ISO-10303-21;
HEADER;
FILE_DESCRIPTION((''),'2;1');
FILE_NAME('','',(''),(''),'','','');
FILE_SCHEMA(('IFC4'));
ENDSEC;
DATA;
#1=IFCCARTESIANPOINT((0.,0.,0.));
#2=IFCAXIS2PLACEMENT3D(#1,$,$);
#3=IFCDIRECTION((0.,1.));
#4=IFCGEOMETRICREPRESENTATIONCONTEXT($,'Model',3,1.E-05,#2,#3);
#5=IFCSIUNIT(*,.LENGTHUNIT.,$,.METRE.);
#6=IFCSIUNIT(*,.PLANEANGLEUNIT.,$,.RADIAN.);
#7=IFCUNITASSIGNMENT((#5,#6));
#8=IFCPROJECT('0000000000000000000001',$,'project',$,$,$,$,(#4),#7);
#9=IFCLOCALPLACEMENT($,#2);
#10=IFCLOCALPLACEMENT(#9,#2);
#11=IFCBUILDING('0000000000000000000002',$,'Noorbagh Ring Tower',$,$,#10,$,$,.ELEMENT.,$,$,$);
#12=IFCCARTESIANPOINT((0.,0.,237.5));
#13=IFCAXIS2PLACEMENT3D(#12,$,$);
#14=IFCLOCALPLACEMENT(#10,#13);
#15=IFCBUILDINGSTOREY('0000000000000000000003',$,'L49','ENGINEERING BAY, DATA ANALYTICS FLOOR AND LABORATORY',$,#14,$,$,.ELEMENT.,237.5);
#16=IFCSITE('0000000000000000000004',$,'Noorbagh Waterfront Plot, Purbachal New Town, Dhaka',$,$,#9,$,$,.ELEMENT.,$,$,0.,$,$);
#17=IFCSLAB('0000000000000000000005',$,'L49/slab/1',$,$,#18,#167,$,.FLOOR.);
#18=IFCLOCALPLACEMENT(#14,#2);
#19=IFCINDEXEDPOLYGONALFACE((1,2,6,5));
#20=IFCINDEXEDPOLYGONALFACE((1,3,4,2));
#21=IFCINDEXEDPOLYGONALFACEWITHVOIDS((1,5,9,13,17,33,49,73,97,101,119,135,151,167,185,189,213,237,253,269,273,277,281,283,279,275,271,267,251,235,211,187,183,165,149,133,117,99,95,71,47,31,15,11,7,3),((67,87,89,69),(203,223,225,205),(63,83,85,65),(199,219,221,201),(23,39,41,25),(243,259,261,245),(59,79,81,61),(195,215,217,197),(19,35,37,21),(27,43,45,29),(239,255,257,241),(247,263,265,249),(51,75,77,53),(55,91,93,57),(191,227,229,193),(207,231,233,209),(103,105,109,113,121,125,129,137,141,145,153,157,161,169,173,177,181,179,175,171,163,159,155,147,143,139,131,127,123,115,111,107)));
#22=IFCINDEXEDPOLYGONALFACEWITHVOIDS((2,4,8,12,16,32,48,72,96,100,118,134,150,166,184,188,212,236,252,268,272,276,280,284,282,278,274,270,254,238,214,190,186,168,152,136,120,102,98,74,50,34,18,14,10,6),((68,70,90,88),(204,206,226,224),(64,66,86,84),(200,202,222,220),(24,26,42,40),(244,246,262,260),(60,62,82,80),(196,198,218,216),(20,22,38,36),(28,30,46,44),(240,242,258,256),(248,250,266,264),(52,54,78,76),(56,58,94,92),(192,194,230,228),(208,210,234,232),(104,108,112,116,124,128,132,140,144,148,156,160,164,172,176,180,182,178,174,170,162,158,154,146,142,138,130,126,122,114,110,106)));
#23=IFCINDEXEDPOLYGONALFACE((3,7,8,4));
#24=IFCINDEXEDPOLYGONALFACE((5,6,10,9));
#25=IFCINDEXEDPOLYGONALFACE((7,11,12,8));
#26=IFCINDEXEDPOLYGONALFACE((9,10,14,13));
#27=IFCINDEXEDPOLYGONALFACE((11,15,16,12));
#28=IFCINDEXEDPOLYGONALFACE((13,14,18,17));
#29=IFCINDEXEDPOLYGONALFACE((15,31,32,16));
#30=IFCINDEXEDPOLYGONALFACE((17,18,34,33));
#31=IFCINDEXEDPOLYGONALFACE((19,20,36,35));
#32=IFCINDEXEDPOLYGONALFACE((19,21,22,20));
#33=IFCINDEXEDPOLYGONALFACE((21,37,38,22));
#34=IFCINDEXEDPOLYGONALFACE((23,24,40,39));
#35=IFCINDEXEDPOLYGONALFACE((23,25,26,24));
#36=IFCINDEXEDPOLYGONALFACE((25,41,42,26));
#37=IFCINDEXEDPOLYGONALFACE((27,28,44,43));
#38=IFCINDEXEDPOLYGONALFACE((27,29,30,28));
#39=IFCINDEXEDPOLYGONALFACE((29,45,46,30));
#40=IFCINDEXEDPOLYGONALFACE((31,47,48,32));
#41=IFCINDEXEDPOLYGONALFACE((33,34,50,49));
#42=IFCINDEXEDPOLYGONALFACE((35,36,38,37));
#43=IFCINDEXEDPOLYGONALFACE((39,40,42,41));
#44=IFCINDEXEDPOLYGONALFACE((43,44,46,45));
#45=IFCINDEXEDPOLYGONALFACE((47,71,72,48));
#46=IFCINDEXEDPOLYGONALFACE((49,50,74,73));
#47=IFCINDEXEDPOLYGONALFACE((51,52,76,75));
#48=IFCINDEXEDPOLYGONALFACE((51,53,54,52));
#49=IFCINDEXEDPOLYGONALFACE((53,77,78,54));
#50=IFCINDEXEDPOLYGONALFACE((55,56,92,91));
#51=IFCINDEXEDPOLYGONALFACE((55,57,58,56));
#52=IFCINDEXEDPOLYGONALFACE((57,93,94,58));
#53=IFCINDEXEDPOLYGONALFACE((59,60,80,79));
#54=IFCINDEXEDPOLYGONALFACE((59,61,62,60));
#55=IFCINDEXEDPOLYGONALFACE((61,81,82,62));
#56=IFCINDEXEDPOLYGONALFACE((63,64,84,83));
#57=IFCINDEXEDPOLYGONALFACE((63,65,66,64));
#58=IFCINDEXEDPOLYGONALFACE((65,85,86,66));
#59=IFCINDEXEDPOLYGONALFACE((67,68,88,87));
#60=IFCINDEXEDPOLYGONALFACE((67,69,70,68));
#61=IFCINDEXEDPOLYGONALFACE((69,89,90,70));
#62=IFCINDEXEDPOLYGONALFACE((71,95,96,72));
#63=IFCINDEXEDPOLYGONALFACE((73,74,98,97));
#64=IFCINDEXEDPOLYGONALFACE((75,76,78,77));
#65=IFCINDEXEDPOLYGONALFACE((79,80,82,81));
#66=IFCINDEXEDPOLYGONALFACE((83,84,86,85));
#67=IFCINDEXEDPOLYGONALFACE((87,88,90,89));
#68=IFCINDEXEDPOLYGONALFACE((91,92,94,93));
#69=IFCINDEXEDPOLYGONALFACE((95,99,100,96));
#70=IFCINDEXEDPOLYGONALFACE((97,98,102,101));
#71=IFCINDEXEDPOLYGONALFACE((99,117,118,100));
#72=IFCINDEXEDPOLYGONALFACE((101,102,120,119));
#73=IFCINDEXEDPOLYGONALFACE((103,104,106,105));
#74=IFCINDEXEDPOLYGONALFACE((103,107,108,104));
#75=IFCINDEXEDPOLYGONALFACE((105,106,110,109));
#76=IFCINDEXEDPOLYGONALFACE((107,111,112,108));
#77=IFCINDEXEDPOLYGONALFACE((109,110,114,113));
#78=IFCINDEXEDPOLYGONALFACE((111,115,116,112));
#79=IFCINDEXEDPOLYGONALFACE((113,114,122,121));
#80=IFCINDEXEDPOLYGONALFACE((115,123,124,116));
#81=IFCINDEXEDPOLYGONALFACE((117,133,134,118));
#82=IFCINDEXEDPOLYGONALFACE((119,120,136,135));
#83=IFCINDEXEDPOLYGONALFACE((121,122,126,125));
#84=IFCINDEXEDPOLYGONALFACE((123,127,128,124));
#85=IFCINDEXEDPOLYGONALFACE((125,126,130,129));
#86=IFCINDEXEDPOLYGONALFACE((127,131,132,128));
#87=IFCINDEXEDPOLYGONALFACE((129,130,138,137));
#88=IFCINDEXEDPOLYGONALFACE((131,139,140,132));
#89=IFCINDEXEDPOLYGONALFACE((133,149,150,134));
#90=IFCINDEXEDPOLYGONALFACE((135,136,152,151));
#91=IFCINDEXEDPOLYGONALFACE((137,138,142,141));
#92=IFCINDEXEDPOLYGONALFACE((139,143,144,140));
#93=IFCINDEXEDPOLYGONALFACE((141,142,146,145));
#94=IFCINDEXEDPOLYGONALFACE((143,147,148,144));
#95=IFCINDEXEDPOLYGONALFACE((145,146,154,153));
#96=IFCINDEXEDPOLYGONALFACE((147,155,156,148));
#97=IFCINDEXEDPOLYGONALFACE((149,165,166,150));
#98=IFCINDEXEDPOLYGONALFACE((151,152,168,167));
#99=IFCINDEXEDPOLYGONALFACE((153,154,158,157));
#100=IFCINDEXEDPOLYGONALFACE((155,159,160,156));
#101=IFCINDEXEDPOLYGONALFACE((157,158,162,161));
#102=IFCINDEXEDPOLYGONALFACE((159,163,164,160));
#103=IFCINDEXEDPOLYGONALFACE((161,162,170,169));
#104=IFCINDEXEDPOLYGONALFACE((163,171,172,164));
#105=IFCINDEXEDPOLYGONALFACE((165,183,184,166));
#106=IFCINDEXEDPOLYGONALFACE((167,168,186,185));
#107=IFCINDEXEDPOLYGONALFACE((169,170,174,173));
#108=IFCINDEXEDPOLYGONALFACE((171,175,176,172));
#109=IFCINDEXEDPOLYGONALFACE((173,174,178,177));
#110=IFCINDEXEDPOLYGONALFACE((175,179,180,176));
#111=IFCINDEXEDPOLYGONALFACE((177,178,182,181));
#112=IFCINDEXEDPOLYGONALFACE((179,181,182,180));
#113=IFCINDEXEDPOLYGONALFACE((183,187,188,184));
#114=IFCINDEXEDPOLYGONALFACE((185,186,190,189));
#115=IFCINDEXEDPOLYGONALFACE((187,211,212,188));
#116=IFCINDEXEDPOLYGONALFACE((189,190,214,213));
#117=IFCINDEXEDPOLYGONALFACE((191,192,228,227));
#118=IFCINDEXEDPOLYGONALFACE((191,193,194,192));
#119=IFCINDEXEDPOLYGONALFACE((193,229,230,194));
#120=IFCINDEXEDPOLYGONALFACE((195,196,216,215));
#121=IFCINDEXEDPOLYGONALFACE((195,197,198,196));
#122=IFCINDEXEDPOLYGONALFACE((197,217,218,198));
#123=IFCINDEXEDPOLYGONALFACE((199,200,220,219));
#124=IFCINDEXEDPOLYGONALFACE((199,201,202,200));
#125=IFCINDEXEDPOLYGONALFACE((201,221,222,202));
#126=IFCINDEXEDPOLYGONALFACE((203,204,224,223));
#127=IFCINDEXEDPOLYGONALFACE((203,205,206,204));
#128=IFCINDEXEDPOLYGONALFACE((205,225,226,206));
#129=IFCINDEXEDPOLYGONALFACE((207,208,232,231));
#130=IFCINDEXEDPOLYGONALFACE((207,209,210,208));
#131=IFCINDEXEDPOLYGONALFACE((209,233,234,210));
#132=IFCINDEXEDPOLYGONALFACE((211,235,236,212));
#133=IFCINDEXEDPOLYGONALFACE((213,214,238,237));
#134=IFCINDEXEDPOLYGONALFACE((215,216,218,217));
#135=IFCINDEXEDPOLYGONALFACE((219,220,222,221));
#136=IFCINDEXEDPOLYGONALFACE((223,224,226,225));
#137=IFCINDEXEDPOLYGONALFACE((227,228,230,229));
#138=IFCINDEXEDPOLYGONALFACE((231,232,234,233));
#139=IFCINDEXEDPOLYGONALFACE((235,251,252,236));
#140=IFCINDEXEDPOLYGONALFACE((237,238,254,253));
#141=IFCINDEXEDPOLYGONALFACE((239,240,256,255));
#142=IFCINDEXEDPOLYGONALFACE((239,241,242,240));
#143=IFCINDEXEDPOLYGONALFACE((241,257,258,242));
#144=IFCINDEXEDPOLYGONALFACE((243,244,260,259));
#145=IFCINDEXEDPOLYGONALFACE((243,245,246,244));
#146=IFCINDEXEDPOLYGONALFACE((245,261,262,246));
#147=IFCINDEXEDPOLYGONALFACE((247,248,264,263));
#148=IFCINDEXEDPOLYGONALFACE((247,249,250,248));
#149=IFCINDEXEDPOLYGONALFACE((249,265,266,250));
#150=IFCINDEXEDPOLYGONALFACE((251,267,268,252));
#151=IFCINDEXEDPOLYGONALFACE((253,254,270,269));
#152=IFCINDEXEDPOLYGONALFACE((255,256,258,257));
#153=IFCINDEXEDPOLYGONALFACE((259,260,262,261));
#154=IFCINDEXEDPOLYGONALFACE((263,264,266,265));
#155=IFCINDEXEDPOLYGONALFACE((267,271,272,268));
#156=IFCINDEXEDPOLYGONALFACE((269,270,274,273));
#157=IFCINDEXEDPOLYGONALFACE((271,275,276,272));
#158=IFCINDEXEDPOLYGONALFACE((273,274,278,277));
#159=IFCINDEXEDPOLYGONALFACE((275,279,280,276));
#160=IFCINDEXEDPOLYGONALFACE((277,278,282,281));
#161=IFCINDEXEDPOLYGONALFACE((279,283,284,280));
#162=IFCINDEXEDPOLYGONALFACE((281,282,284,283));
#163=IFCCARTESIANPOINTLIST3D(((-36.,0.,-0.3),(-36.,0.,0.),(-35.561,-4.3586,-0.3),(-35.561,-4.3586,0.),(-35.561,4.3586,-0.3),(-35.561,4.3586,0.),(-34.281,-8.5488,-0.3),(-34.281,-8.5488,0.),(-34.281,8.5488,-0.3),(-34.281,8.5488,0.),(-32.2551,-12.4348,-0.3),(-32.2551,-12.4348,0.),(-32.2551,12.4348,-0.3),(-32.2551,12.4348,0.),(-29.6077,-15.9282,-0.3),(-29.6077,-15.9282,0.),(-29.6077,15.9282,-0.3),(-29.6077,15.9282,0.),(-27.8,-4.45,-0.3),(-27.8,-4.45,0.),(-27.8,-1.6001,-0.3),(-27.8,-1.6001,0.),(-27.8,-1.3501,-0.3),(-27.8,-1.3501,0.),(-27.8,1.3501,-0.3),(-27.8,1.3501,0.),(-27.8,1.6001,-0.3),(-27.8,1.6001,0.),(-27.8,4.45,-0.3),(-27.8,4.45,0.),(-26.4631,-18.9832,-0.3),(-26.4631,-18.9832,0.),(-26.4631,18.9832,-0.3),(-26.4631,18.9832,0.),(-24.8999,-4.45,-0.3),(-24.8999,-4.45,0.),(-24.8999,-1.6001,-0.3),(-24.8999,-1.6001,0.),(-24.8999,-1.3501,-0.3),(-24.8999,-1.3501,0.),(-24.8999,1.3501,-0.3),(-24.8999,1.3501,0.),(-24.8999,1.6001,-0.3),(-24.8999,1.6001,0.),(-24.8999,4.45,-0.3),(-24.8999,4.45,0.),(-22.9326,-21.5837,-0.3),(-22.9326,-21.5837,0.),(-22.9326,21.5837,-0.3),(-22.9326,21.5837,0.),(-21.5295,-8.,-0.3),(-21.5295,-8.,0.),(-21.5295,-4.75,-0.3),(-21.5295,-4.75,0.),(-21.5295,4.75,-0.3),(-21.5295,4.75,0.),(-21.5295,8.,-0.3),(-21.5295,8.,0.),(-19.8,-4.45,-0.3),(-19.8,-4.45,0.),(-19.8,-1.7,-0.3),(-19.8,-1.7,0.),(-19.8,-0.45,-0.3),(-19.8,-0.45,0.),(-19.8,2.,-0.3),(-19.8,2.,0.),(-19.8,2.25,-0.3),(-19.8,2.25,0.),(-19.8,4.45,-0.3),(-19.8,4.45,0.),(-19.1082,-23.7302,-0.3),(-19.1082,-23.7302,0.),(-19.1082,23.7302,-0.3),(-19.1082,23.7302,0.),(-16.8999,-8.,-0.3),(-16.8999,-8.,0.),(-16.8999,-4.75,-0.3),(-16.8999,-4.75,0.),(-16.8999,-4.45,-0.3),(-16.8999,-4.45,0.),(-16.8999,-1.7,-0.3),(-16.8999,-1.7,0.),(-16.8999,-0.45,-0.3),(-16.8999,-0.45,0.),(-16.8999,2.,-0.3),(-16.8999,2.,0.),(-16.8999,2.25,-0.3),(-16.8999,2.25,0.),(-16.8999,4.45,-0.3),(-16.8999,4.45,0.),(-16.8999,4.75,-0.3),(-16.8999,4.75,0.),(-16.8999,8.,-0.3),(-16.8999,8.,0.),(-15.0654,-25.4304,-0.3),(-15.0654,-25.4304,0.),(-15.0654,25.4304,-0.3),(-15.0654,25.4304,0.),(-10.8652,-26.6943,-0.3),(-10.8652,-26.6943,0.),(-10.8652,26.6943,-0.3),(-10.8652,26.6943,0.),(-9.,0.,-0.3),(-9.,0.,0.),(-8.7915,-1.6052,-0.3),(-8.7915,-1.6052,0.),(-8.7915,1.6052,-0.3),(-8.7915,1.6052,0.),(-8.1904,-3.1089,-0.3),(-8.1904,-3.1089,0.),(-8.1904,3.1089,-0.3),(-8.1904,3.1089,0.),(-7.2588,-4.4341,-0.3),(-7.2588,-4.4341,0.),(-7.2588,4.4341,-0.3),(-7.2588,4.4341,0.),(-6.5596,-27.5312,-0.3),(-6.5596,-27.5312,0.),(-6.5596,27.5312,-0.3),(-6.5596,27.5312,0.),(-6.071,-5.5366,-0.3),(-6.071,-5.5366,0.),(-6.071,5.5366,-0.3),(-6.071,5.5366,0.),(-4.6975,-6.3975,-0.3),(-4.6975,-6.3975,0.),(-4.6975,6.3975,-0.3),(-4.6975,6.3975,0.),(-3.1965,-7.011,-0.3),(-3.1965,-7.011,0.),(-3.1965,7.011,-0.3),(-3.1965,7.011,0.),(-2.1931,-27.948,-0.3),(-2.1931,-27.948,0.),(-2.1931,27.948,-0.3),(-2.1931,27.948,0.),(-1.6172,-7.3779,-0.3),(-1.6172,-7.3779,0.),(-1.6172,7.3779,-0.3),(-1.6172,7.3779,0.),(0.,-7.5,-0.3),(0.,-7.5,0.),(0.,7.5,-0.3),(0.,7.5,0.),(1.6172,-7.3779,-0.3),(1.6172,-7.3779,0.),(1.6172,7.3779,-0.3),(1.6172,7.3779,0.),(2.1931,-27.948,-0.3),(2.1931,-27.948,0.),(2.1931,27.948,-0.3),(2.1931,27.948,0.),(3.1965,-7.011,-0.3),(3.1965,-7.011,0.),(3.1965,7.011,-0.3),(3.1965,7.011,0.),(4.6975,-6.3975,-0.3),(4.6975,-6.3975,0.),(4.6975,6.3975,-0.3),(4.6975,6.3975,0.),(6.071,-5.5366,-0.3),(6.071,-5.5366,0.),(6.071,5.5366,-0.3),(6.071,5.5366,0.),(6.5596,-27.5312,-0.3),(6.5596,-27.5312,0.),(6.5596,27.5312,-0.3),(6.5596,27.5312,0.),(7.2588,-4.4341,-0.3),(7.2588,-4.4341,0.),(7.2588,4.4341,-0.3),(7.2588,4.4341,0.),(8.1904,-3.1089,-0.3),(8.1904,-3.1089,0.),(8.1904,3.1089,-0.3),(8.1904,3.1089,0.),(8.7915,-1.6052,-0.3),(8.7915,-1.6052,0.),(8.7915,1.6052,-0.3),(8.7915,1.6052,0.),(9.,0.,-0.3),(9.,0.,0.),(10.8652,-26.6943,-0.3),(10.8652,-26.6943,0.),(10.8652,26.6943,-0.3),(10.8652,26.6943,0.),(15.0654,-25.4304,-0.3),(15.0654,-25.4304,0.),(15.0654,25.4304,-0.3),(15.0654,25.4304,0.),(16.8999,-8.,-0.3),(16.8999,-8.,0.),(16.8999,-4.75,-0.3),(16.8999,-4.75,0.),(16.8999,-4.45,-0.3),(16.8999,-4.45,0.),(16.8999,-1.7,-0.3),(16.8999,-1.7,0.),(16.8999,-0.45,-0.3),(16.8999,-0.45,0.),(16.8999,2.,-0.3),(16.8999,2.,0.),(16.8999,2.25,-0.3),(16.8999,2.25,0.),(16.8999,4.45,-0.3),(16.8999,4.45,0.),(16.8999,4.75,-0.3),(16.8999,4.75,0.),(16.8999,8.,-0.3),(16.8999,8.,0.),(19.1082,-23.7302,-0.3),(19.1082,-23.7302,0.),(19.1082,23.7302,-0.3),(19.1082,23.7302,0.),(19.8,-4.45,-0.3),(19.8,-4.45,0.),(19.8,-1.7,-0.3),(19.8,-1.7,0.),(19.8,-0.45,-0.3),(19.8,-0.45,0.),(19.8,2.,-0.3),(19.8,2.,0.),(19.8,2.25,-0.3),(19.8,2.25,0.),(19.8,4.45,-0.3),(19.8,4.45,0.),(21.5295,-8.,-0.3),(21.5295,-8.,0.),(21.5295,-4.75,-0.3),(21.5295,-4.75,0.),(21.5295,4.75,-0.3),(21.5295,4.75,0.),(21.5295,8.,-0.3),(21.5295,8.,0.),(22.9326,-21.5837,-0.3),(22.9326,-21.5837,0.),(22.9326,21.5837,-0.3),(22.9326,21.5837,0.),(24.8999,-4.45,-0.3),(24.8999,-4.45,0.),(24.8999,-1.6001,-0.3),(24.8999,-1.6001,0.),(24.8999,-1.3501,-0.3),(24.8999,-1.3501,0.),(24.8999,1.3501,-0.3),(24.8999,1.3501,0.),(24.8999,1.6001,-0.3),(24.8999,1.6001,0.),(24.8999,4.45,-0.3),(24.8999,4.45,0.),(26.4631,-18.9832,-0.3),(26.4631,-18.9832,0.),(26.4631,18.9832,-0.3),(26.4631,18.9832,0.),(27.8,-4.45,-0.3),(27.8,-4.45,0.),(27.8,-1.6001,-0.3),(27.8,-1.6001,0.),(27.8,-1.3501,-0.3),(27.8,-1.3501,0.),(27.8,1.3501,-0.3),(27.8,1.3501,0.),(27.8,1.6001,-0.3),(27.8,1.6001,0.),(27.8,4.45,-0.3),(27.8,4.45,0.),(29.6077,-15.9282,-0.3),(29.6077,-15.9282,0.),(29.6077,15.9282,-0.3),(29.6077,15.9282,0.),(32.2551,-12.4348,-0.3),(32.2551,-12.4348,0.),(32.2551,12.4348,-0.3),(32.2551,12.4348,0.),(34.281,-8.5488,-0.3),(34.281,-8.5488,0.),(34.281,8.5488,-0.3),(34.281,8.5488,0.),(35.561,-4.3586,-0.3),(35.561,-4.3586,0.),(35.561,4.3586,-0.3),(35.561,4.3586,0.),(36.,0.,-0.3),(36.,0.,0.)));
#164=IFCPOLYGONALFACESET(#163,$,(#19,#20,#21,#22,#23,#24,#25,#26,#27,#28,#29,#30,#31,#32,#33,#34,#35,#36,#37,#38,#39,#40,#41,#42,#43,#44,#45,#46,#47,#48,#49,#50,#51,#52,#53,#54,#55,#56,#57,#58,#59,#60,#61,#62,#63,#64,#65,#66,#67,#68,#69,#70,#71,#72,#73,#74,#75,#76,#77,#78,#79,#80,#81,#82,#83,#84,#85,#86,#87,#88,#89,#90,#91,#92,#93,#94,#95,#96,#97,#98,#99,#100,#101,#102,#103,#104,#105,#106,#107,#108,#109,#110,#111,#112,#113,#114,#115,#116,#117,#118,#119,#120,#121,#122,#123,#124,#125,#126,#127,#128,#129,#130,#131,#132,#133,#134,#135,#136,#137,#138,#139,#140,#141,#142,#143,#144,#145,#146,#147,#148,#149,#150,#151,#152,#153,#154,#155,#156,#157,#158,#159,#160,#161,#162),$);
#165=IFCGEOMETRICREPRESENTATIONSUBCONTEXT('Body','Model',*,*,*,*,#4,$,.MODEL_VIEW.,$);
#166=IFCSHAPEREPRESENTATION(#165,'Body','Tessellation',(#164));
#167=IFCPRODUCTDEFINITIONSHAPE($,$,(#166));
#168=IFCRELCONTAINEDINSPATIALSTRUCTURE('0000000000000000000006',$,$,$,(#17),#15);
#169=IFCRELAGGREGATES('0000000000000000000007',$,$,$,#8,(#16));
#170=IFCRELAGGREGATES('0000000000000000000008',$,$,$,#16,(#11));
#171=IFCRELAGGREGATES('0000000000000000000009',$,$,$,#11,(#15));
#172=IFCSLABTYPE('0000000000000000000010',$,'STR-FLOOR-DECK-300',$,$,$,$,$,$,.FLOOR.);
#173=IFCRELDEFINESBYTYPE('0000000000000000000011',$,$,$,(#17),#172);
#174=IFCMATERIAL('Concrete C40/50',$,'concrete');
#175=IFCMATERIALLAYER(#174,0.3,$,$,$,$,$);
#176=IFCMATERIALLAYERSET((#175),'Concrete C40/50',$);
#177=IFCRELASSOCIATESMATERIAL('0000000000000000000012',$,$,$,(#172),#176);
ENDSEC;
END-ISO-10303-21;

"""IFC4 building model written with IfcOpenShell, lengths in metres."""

from ifc_helpers import new_model, si_unit, direction, frame, origin, place, context, subcontext, project, spatial, polyline, outline, extrude, material, layer, layer_set, type_object, element, save


model = new_model("IFC4")

# Units and contexts
model_context = context("Model", 3, precision=1e-05, world=origin(), true_north=direction((0.0, 1.0)))
body_context = subcontext(model_context, "Body", "Model", "MODEL_VIEW")
ifc_project = project(units=[si_unit("LENGTHUNIT", "METRE"), si_unit("PLANEANGLEUNIT", "RADIAN")], contexts=[model_context])

# Site, building, storey
site_placement = place(None, origin())
site = spatial("IfcSite", under=ifc_project, at=site_placement, Name="Noorbagh Waterfront Plot, Purbachal New Town, Dhaka", CompositionType="ELEMENT", RefElevation=0.0)
building_placement = place(site_placement, origin())
building = spatial("IfcBuilding", under=site, at=building_placement, Name="Noorbagh Ring Tower", CompositionType="ELEMENT")
storey_placement = place(building_placement, frame((0.0, 0.0, 237.5)))
storey = spatial("IfcBuildingStorey", under=building, at=storey_placement, Name="L49", Description="ENGINEERING BAY, DATA ANALYTICS FLOOR AND LABORATORY", CompositionType="ELEMENT", Elevation=237.5)

# Slab
ifc_material_1 = material(Name="Concrete C40/50", Category="concrete")
ifc_layer_1 = layer(ifc_material_1, 0.3)
ifc_layer_set_1 = layer_set([ifc_layer_1], Name="Concrete C40/50")
slab_type_1 = type_object("IfcSlabType", Name="STR-FLOOR-DECK-300", PredefinedType="FLOOR", material=ifc_layer_set_1)
slab_1_placement = place(storey_placement, frame((0.0, 0.0, -0.3)))
element("IfcSlab", 1, at=slab_1_placement, inside=storey, type_object=slab_type_1, Name="L49/slab/1", PredefinedType="FLOOR", context=body_context, shape_type="SweptSolid", body=[
    extrude(outline(polyline([(36.0, 0.0), (35.561, 4.3586), (34.281, 8.5488), (32.2551, 12.4348), (29.6077, 15.9282), (26.4631, 18.9832), (22.9326, 21.5837), (19.1082, 23.7302), (15.0654, 25.4304), (10.8652, 26.6943), (6.5596, 27.5312), (2.1931, 27.948), (-2.1931, 27.948), (-6.5596, 27.5312), (-10.8652, 26.6943), (-15.0654, 25.4304), (-19.1082, 23.7302), (-22.9326, 21.5837), (-26.4631, 18.9832), (-29.6077, 15.9282), (-32.2551, 12.4348), (-34.281, 8.5488), (-35.561, 4.3586), (-36.0, 0.0), (-35.561, -4.3586), (-34.281, -8.5488), (-32.2551, -12.4348), (-29.6077, -15.9282), (-26.4631, -18.9832), (-22.9326, -21.5837), (-19.1082, -23.7302), (-15.0654, -25.4304), (-10.8652, -26.6943), (-6.5596, -27.5312), (-2.1931, -27.948), (2.1931, -27.948), (6.5596, -27.5312), (10.8652, -26.6943), (15.0654, -25.4304), (19.1082, -23.7302), (22.9326, -21.5837), (26.4631, -18.9832), (29.6077, -15.9282), (32.2551, -12.4348), (34.281, -8.5488), (35.561, -4.3586), (36.0, 0.0)]), holes=[polyline([(24.8999, 4.45), (27.8, 4.45), (27.8, 1.6001), (24.8999, 1.6001), (24.8999, 4.45)]), polyline([(24.8999, 1.3501), (27.8, 1.3501), (27.8, -1.3501), (24.8999, -1.3501), (24.8999, 1.3501)]), polyline([(24.8999, -1.6001), (27.8, -1.6001), (27.8, -4.45), (24.8999, -4.45), (24.8999, -1.6001)]), polyline([(21.5295, -8.0), (16.8999, -8.0), (16.8999, -4.75), (21.5295, -4.75), (21.5295, -8.0)]), polyline([(16.8999, 4.75), (16.8999, 8.0), (21.5295, 8.0), (21.5295, 4.75), (16.8999, 4.75)]), polyline([(19.8, 4.45), (19.8, 2.25), (16.8999, 2.25), (16.8999, 4.45), (19.8, 4.45)]), polyline([(16.8999, 2.0), (19.8, 2.0), (19.8, -0.45), (16.8999, -0.45), (16.8999, 2.0)]), polyline([(16.8999, -1.7), (19.8, -1.7), (19.8, -4.45), (16.8999, -4.45), (16.8999, -1.7)]), polyline([(4.6975, -6.3975), (3.1965, -7.011), (1.6172, -7.3779), (0.0, -7.5), (-1.6172, -7.3779), (-3.1965, -7.011), (-4.6975, -6.3975), (-6.071, -5.5366), (-7.2588, -4.4341), (-8.1904, -3.1089), (-8.7915, -1.6052), (-9.0, 0.0), (-8.7915, 1.6052), (-8.1904, 3.1089), (-7.2588, 4.4341), (-6.071, 5.5366), (-4.6975, 6.3975), (-3.1965, 7.011), (-1.6172, 7.3779), (0.0, 7.5), (1.6172, 7.3779), (3.1965, 7.011), (4.6975, 6.3975), (6.071, 5.5366), (7.2588, 4.4341), (8.1904, 3.1089), (8.7915, 1.6052), (9.0, 0.0), (8.7915, -1.6052), (8.1904, -3.1089), (7.2588, -4.4341), (6.071, -5.5366), (4.6975, -6.3975)]), polyline([(-16.8999, 2.25), (-19.8, 2.25), (-19.8, 4.45), (-16.8999, 4.45), (-16.8999, 2.25)]), polyline([(-16.8999, -0.45), (-19.8, -0.45), (-19.8, 2.0), (-16.8999, 2.0), (-16.8999, -0.45)]), polyline([(-16.8999, -4.45), (-19.8, -4.45), (-19.8, -1.7), (-16.8999, -1.7), (-16.8999, -4.45)]), polyline([(-21.5295, 8.0), (-16.8999, 8.0), (-16.8999, 4.75), (-21.5295, 4.75), (-21.5295, 8.0)]), polyline([(-21.5295, -4.75), (-16.8999, -4.75), (-16.8999, -8.0), (-21.5295, -8.0), (-21.5295, -4.75)]), polyline([(-24.8999, -4.45), (-27.8, -4.45), (-27.8, -1.6001), (-24.8999, -1.6001), (-24.8999, -4.45)]), polyline([(-24.8999, 1.6001), (-27.8, 1.6001), (-27.8, 4.45), (-24.8999, 4.45), (-24.8999, 1.6001)]), polyline([(-24.8999, -1.3501), (-27.8, -1.3501), (-27.8, 1.3501), (-24.8999, 1.3501), (-24.8999, -1.3501)])]), origin(), (0.0, 0.0, 1.0), 0.3),
])

save(model, "model.ifc")
